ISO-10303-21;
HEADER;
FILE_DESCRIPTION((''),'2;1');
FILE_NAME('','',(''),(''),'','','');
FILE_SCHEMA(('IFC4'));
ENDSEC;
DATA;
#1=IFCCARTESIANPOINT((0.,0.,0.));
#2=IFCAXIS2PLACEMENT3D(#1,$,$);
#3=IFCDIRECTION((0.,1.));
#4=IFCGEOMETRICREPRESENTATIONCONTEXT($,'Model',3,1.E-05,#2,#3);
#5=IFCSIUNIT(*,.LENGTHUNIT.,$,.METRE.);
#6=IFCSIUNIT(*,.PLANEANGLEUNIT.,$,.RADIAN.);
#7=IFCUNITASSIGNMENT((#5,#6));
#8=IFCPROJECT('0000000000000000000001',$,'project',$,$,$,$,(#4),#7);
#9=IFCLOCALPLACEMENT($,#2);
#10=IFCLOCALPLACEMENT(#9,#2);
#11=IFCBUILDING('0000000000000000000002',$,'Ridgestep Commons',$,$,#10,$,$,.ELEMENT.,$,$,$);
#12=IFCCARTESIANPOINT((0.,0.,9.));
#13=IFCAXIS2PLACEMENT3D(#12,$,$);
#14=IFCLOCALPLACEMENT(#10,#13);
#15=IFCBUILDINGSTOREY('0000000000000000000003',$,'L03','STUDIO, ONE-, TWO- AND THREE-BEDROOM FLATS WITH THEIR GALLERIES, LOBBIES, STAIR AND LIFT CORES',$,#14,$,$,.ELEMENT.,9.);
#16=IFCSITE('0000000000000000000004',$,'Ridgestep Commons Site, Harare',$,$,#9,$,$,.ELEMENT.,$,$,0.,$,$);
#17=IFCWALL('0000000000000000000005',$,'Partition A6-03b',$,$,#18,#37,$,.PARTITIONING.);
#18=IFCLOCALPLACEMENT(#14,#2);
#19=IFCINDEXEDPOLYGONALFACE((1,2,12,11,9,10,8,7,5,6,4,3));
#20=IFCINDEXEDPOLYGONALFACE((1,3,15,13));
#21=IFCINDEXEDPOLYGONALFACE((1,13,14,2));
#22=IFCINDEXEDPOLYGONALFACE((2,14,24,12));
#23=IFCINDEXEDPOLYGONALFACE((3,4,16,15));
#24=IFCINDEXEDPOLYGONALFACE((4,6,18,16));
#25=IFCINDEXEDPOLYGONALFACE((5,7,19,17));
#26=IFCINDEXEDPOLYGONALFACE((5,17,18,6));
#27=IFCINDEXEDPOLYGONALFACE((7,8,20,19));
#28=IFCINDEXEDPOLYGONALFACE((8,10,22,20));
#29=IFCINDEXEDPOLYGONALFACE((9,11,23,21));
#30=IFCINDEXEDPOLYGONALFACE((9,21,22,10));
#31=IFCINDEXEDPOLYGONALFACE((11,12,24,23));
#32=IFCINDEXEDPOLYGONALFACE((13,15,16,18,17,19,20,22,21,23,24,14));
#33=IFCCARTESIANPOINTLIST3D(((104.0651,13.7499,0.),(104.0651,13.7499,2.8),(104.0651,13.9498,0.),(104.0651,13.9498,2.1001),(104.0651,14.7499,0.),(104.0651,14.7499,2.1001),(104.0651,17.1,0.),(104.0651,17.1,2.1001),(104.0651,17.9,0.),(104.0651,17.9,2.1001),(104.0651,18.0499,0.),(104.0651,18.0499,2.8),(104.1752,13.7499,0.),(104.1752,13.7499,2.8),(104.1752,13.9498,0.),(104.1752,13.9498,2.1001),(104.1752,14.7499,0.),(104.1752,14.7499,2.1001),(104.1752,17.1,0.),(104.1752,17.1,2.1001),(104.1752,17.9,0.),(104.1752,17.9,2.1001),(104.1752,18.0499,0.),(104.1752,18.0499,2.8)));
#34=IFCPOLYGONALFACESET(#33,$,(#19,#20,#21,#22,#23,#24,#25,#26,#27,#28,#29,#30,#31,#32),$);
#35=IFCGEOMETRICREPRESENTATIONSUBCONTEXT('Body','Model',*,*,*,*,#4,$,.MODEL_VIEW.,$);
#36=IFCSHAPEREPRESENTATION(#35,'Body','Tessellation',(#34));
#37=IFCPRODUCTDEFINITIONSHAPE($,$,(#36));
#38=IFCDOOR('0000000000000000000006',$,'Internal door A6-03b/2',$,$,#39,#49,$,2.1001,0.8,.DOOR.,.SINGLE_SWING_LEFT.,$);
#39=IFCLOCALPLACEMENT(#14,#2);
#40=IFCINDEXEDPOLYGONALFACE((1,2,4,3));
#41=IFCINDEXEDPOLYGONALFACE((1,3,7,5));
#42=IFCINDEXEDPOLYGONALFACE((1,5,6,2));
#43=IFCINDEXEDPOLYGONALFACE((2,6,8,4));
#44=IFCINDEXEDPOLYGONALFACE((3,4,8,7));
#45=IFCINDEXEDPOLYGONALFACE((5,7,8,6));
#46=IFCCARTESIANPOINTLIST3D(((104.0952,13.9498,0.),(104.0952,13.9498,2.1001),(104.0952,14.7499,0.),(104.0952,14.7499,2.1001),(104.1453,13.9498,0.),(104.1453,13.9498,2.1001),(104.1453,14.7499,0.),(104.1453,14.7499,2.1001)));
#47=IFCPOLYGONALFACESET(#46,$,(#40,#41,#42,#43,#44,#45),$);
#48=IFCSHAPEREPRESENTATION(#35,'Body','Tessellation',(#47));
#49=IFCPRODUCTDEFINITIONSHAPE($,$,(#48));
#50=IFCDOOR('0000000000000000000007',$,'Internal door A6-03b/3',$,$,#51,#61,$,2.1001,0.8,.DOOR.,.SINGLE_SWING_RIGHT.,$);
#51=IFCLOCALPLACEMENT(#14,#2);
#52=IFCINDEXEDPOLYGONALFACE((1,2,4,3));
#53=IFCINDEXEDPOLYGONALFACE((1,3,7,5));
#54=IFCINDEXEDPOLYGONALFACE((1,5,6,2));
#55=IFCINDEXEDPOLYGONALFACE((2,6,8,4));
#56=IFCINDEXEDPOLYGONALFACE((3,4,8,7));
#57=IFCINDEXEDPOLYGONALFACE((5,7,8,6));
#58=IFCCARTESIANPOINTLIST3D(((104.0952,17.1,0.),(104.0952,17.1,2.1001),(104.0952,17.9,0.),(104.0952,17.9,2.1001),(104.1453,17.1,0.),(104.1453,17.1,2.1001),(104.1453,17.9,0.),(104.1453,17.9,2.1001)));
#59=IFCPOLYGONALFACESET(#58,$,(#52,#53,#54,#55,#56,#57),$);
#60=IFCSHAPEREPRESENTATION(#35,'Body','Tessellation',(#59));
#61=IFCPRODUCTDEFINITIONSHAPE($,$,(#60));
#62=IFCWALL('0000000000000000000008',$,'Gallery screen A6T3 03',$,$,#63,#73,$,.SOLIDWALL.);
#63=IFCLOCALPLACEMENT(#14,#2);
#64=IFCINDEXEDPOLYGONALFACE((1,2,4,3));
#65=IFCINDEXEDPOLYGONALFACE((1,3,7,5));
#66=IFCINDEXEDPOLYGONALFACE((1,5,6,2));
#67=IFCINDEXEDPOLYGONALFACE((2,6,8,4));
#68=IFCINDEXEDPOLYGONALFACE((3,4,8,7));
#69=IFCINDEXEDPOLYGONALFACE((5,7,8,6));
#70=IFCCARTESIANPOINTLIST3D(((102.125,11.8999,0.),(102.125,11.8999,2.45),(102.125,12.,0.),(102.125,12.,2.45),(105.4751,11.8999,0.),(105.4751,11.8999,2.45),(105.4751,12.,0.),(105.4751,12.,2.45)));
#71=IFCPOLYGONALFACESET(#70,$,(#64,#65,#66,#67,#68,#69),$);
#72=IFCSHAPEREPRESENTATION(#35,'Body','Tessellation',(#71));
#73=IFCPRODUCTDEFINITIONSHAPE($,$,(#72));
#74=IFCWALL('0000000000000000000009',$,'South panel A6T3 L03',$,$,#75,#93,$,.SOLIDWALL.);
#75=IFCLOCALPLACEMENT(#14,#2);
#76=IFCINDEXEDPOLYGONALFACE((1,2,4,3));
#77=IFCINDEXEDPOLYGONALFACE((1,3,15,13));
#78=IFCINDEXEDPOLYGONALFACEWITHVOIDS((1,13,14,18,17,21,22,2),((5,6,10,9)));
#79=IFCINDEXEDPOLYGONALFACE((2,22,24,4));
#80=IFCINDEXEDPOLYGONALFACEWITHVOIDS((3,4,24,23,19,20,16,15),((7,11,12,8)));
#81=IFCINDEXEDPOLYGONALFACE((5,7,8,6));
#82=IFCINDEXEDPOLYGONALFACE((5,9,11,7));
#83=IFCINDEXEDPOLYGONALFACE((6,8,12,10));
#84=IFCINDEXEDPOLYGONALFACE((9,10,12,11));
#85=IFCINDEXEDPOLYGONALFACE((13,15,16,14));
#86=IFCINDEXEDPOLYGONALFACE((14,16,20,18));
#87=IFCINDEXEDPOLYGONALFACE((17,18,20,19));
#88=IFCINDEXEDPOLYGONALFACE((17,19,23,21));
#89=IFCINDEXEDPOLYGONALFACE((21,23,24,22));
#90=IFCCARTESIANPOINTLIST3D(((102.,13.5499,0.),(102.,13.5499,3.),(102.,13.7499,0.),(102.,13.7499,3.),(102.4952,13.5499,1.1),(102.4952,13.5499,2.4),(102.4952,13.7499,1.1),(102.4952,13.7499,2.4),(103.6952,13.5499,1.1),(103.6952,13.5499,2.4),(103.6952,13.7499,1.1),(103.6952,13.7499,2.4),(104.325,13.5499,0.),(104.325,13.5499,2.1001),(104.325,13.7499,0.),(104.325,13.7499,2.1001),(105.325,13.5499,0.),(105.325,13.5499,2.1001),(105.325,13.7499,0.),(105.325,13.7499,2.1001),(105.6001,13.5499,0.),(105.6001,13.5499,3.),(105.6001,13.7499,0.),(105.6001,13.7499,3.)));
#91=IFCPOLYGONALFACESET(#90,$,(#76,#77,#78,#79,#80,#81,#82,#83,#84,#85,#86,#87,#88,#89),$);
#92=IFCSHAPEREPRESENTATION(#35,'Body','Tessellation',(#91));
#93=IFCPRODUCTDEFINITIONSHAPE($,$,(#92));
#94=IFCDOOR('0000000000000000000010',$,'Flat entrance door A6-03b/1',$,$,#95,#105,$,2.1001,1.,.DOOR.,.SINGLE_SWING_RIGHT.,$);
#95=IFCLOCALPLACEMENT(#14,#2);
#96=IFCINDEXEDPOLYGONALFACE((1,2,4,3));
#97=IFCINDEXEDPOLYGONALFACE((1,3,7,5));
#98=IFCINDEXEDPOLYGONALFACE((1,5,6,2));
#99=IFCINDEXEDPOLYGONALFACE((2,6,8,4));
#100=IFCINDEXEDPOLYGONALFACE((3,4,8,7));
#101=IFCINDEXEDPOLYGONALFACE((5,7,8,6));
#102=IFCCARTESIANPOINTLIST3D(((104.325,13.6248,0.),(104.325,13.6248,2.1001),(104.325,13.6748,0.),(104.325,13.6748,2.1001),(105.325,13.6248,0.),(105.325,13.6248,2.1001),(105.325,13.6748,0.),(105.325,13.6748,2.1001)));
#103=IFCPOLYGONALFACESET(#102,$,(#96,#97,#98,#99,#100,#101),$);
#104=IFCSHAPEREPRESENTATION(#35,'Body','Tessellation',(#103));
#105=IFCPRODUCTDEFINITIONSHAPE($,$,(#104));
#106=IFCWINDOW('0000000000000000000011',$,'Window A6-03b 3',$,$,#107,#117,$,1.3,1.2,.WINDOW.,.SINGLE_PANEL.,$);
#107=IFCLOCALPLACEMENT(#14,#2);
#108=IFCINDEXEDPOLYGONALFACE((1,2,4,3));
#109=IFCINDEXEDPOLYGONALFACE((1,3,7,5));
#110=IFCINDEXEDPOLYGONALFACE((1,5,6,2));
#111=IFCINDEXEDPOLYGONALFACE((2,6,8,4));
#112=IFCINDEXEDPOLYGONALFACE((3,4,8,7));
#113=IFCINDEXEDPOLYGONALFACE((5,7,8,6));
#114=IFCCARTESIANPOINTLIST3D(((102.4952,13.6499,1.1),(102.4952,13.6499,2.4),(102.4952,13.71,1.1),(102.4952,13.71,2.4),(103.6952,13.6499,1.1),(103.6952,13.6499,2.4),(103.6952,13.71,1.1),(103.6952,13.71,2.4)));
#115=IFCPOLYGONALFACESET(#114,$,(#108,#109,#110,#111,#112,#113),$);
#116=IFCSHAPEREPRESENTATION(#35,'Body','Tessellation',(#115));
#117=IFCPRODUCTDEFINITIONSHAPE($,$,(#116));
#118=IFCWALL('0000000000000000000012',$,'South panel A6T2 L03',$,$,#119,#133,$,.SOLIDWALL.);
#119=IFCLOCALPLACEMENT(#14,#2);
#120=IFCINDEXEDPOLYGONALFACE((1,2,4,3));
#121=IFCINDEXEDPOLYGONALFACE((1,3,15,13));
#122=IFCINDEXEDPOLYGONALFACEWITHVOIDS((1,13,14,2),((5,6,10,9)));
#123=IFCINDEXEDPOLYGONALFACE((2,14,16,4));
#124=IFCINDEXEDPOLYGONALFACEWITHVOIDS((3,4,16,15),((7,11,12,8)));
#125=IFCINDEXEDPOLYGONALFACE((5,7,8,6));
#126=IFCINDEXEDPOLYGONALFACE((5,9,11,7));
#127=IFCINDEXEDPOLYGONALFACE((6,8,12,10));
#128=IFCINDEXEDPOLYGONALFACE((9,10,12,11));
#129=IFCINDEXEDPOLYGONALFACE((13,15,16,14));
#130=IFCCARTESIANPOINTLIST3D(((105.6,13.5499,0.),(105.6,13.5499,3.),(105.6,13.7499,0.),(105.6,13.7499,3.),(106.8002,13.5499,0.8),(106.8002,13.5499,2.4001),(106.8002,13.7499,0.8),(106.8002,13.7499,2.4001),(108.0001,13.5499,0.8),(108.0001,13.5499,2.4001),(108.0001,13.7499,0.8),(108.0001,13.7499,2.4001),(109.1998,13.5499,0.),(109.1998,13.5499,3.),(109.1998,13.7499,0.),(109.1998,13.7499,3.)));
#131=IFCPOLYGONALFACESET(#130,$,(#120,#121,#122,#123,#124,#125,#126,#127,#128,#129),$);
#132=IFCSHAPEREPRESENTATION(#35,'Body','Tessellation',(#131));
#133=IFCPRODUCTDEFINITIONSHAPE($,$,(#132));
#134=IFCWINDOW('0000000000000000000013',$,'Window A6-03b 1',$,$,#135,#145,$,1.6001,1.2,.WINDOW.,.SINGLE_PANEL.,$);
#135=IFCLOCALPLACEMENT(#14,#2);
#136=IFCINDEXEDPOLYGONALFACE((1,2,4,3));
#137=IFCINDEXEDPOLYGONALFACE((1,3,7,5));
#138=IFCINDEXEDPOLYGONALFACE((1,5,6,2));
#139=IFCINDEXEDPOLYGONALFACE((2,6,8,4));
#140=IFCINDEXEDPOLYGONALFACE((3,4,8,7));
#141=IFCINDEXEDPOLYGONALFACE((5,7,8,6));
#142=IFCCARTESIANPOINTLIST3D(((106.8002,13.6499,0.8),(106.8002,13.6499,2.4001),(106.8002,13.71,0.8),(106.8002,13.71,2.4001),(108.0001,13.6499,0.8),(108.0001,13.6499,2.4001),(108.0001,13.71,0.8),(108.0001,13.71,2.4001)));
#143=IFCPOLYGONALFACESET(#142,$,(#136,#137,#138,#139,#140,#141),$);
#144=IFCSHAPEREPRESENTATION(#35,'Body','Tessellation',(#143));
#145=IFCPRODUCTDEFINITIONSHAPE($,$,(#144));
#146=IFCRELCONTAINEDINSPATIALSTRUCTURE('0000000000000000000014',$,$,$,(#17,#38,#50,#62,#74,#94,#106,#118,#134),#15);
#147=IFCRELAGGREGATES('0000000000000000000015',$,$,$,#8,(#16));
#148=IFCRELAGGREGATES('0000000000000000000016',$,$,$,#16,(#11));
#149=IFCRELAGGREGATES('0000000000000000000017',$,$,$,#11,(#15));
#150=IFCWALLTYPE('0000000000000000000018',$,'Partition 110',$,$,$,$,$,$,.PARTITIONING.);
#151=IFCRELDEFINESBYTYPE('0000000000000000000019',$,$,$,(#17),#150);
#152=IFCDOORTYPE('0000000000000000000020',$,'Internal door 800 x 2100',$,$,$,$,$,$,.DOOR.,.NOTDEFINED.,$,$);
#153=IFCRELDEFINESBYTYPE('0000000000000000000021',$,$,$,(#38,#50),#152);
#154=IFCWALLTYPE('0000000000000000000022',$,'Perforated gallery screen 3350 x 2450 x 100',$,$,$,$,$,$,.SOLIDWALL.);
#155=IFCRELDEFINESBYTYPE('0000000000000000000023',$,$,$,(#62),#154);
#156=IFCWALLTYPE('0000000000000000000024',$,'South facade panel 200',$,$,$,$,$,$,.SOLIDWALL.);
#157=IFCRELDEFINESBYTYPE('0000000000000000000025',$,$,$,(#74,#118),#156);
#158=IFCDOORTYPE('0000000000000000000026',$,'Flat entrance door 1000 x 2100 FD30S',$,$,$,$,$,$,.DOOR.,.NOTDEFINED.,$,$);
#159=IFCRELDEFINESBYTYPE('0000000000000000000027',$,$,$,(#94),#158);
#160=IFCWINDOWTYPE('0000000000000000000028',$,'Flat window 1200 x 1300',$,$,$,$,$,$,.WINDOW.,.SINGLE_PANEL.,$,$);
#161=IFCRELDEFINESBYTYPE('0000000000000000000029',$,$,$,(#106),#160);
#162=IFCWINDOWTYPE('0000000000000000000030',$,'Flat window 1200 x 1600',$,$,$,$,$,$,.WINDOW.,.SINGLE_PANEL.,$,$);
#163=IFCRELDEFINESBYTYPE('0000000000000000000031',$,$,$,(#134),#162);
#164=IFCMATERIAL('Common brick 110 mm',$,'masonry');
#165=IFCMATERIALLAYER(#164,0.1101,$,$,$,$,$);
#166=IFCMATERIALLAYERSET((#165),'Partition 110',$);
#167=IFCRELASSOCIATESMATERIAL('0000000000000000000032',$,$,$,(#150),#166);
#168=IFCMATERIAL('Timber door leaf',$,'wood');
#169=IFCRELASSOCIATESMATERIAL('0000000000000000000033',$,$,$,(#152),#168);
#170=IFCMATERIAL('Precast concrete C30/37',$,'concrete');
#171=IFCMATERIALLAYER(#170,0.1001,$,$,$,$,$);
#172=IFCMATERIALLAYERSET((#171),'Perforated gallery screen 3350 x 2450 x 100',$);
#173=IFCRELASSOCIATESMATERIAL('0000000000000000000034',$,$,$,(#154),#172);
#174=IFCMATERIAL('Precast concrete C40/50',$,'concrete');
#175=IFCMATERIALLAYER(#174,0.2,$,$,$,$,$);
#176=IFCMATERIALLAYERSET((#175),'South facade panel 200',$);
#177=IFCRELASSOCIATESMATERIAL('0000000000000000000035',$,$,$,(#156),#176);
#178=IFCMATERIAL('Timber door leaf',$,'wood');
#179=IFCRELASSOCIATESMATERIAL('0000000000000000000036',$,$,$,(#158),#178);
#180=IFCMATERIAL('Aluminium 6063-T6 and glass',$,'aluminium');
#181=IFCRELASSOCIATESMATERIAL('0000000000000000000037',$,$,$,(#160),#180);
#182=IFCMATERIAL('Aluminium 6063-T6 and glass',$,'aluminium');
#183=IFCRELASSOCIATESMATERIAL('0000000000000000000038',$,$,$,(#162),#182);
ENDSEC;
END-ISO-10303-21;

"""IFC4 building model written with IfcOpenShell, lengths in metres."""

from ifc_helpers import new_model, si_unit, direction, frame, frame_2d, origin, place, context, subcontext, project, spatial, rectangle, extrude, material, layer, layer_set, type_object, element, fill, save


model = new_model("IFC4")

# Units and contexts
model_context = context("Model", 3, precision=1e-05, world=origin(), true_north=direction((0.0, 1.0)))
body_context = subcontext(model_context, "Body", "Model", "MODEL_VIEW")
ifc_project = project(units=[si_unit("LENGTHUNIT", "METRE"), si_unit("PLANEANGLEUNIT", "RADIAN")], contexts=[model_context])

# Site, building, storey
site_placement = place(None, origin())
site = spatial("IfcSite", under=ifc_project, at=site_placement, Name="Ridgestep Commons Site, Harare", CompositionType="ELEMENT", RefElevation=0.0)
building_placement = place(site_placement, origin())
building = spatial("IfcBuilding", under=site, at=building_placement, Name="Ridgestep Commons", CompositionType="ELEMENT")
storey_placement = place(building_placement, frame((0.0, 0.0, 9.0)))
storey = spatial("IfcBuildingStorey", under=building, at=storey_placement, Name="L03", Description="STUDIO, ONE-, TWO- AND THREE-BEDROOM FLATS WITH THEIR GALLERIES, LOBBIES, STAIR AND LIFT CORES", CompositionType="ELEMENT", Elevation=9.0)

# Shared definitions
ifc_material_1 = material(Name="Common brick 110 mm", Category="masonry")
ifc_layer_1 = layer(ifc_material_1, 0.1101)
ifc_layer_set_1 = layer_set([ifc_layer_1], Name="Partition 110")
wall_type_1 = type_object("IfcWallType", Name="Partition 110", PredefinedType="PARTITIONING", material=ifc_layer_set_1)

# Wall, openings, doors
wall_1_placement = place(storey_placement, frame((104.1201, 13.75, 0.0), z_axis=(0.0, 0.0, 1.0), x_axis=(0.0, 1.0, 0.0)))
wall_1 = element("IfcWall", 1, at=wall_1_placement, inside=storey, type_object=wall_type_1, Name="Partition A6-03b", PredefinedType="PARTITIONING", context=body_context, shape_type="SweptSolid", body=[
    extrude(rectangle(XDim=4.3, YDim=0.1101, at=frame_2d((2.1499, 0.0))), origin(), (0.0, 0.0, 1.0), 2.8),
])
opening_1_placement = place(wall_1_placement, frame((0.2, 0.0, 0.0)))
opening_1 = element("IfcOpeningElement", 2, at=opening_1_placement, cuts=wall_1, PredefinedType="OPENING", context=body_context, shape_type="SweptSolid", body=[
    extrude(rectangle(XDim=0.8, YDim=2.1001, at=frame_2d((0.3999, 1.05))), frame((0.0, 0.0649, 0.0), z_axis=(0.0, -1.0, 0.0), x_axis=(1.0, 0.0, 0.0)), (0.0, 0.0, 1.0), 0.1301),
])
opening_2_placement = place(wall_1_placement, frame((3.3501, 0.0, 0.0)))
opening_2 = element("IfcOpeningElement", 3, at=opening_2_placement, cuts=wall_1, PredefinedType="OPENING", context=body_context, shape_type="SweptSolid", body=[
    extrude(rectangle(XDim=0.8, YDim=2.1001, at=frame_2d((0.3999, 1.05))), frame((0.0, 0.0649, 0.0), z_axis=(0.0, -1.0, 0.0), x_axis=(1.0, 0.0, 0.0)), (0.0, 0.0, 1.0), 0.1301),
])
ifc_material_2 = material(Name="Timber door leaf", Category="wood")
door_type_1 = type_object("IfcDoorType", Name="Internal door 800 x 2100", OperationType="NOTDEFINED", PredefinedType="DOOR", material=ifc_material_2)
door_1_placement = place(opening_1_placement, origin())
door_1 = element("IfcDoor", 4, at=door_1_placement, inside=storey, type_object=door_type_1, Name="Internal door A6-03b/2", OperationType="SINGLE_SWING_LEFT", OverallHeight=2.1001, OverallWidth=0.8, PredefinedType="DOOR", context=body_context, shape_type="SweptSolid", body=[
    extrude(rectangle(XDim=0.8, YDim=2.1001, at=frame_2d((0.3999, 1.05))), frame((0.0, 0.0249, 0.0), z_axis=(0.0, -1.0, 0.0), x_axis=(1.0, 0.0, 0.0)), (0.0, 0.0, 1.0), 0.05),
])
fill(opening_1, door_1)
door_2_placement = place(opening_2_placement, origin())
door_2 = element("IfcDoor", 5, at=door_2_placement, inside=storey, type_object=door_type_1, Name="Internal door A6-03b/3", OperationType="SINGLE_SWING_RIGHT", OverallHeight=2.1001, OverallWidth=0.8, PredefinedType="DOOR", context=body_context, shape_type="SweptSolid", body=[
    extrude(rectangle(XDim=0.8, YDim=2.1001, at=frame_2d((0.3999, 1.05))), frame((0.0, 0.0249, 0.0), z_axis=(0.0, -1.0, 0.0), x_axis=(1.0, 0.0, 0.0)), (0.0, 0.0, 1.0), 0.05),
])
fill(opening_2, door_2)

# Wall
ifc_material_3 = material(Name="Precast concrete C30/37", Category="concrete")
ifc_layer_2 = layer(ifc_material_3, 0.1001)
ifc_layer_set_2 = layer_set([ifc_layer_2], Name="Perforated gallery screen 3350 x 2450 x 100")
wall_type_2 = type_object("IfcWallType", Name="Perforated gallery screen 3350 x 2450 x 100", PredefinedType="SOLIDWALL", material=ifc_layer_set_2)
wall_2_placement = place(storey_placement, frame((102.125, 11.95, 0.0), z_axis=(0.0, 0.0, 1.0), x_axis=(1.0, 0.0, 0.0)))
element("IfcWall", 6, at=wall_2_placement, inside=storey, type_object=wall_type_2, Name="Gallery screen A6T3 03", PredefinedType="SOLIDWALL", context=body_context, shape_type="SweptSolid", body=[
    extrude(rectangle(XDim=3.3501, YDim=0.1001, at=frame_2d((1.675, 0.0))), origin(), (0.0, 0.0, 1.0), 2.45),
])

# Wall, openings, door, window
ifc_material_4 = material(Name="Precast concrete C40/50", Category="concrete")
ifc_layer_3 = layer(ifc_material_4, 0.2)
ifc_layer_set_3 = layer_set([ifc_layer_3], Name="South facade panel 200")
wall_type_3 = type_object("IfcWallType", Name="South facade panel 200", PredefinedType="SOLIDWALL", material=ifc_layer_set_3)
wall_3_placement = place(storey_placement, frame((102.0, 13.6499, 0.0), z_axis=(0.0, 0.0, 1.0), x_axis=(1.0, 0.0, 0.0)))
wall_3 = element("IfcWall", 7, at=wall_3_placement, inside=storey, type_object=wall_type_3, Name="South panel A6T3 L03", PredefinedType="SOLIDWALL", context=body_context, shape_type="SweptSolid", body=[
    extrude(rectangle(XDim=3.6001, YDim=0.2, at=frame_2d((1.8, 0.0))), origin(), (0.0, 0.0, 1.0), 3.0),
])
opening_3_placement = place(wall_3_placement, frame((0.4951, 0.0, 1.1001)))
opening_3 = element("IfcOpeningElement", 8, at=opening_3_placement, cuts=wall_3, PredefinedType="OPENING", context=body_context, shape_type="SweptSolid", body=[
    extrude(rectangle(XDim=1.2, YDim=1.3, at=frame_2d((0.6001, 0.6499))), frame((0.0, 0.1099, 0.0), z_axis=(0.0, -1.0, 0.0), x_axis=(1.0, 0.0, 0.0)), (0.0, 0.0, 1.0), 0.22),
])
opening_4_placement = place(wall_3_placement, frame((2.325, 0.0, 0.0)))
opening_4 = element("IfcOpeningElement", 9, at=opening_4_placement, cuts=wall_3, PredefinedType="OPENING", context=body_context, shape_type="SweptSolid", body=[
    extrude(rectangle(XDim=1.0, YDim=2.1001, at=frame_2d((0.5, 1.05))), frame((0.0, 0.1099, 0.0), z_axis=(0.0, -1.0, 0.0), x_axis=(1.0, 0.0, 0.0)), (0.0, 0.0, 1.0), 0.22),
])
ifc_material_5 = material(Name="Timber door leaf", Category="wood")
door_type_2 = type_object("IfcDoorType", Name="Flat entrance door 1000 x 2100 FD30S", OperationType="NOTDEFINED", PredefinedType="DOOR", material=ifc_material_5)
door_3_placement = place(opening_4_placement, origin())
door_3 = element("IfcDoor", 10, at=door_3_placement, inside=storey, type_object=door_type_2, Name="Flat entrance door A6-03b/1", OperationType="SINGLE_SWING_RIGHT", OverallHeight=2.1001, OverallWidth=1.0, PredefinedType="DOOR", context=body_context, shape_type="SweptSolid", body=[
    extrude(rectangle(XDim=1.0, YDim=2.1001, at=frame_2d((0.5, 1.05))), frame((0.0, 0.0249, 0.0), z_axis=(0.0, -1.0, 0.0), x_axis=(1.0, 0.0, 0.0)), (0.0, 0.0, 1.0), 0.05),
])
fill(opening_4, door_3)
ifc_material_6 = material(Name="Aluminium 6063-T6 and glass", Category="aluminium")
window_type_1 = type_object("IfcWindowType", Name="Flat window 1200 x 1300", PartitioningType="SINGLE_PANEL", PredefinedType="WINDOW", material=ifc_material_6)
window_1_placement = place(opening_3_placement, origin())
window_1 = element("IfcWindow", 11, at=window_1_placement, inside=storey, type_object=window_type_1, Name="Window A6-03b 3", OverallHeight=1.3, OverallWidth=1.2, PartitioningType="SINGLE_PANEL", PredefinedType="WINDOW", context=body_context, shape_type="SweptSolid", body=[
    extrude(rectangle(XDim=1.2, YDim=1.3, at=frame_2d((0.6001, 0.6499))), frame((0.0, 0.0601, 0.0), z_axis=(0.0, -1.0, 0.0), x_axis=(1.0, 0.0, 0.0)), (0.0, 0.0, 1.0), 0.0601),
])
fill(opening_3, window_1)

# Wall, opening, window
wall_4_placement = place(storey_placement, frame((105.6001, 13.6499, 0.0), z_axis=(0.0, 0.0, 1.0), x_axis=(1.0, 0.0, 0.0)))
wall_4 = element("IfcWall", 12, at=wall_4_placement, inside=storey, type_object=wall_type_3, Name="South panel A6T2 L03", PredefinedType="SOLIDWALL", context=body_context, shape_type="SweptSolid", body=[
    extrude(rectangle(XDim=3.5999, YDim=0.2, at=frame_2d((1.7998, 0.0))), origin(), (0.0, 0.0, 1.0), 3.0),
])
opening_5_placement = place(wall_4_placement, frame((1.2, 0.0, 0.8)))
opening_5 = element("IfcOpeningElement", 13, at=opening_5_placement, cuts=wall_4, PredefinedType="OPENING", context=body_context, shape_type="SweptSolid", body=[
    extrude(rectangle(XDim=1.2, YDim=1.6001, at=frame_2d((0.6001, 0.8))), frame((0.0, 0.1099, 0.0), z_axis=(0.0, -1.0, 0.0), x_axis=(1.0, 0.0, 0.0)), (0.0, 0.0, 1.0), 0.22),
])
ifc_material_7 = material(Name="Aluminium 6063-T6 and glass", Category="aluminium")
window_type_2 = type_object("IfcWindowType", Name="Flat window 1200 x 1600", PartitioningType="SINGLE_PANEL", PredefinedType="WINDOW", material=ifc_material_7)
window_2_placement = place(opening_5_placement, origin())
window_2 = element("IfcWindow", 14, at=window_2_placement, inside=storey, type_object=window_type_2, Name="Window A6-03b 1", OverallHeight=1.6001, OverallWidth=1.2, PartitioningType="SINGLE_PANEL", PredefinedType="WINDOW", context=body_context, shape_type="SweptSolid", body=[
    extrude(rectangle(XDim=1.2, YDim=1.6001, at=frame_2d((0.6001, 0.8))), frame((0.0, 0.0601, 0.0), z_axis=(0.0, -1.0, 0.0), x_axis=(1.0, 0.0, 0.0)), (0.0, 0.0, 1.0), 0.0601),
])
fill(opening_5, window_2)

save(model, "model.ifc")
